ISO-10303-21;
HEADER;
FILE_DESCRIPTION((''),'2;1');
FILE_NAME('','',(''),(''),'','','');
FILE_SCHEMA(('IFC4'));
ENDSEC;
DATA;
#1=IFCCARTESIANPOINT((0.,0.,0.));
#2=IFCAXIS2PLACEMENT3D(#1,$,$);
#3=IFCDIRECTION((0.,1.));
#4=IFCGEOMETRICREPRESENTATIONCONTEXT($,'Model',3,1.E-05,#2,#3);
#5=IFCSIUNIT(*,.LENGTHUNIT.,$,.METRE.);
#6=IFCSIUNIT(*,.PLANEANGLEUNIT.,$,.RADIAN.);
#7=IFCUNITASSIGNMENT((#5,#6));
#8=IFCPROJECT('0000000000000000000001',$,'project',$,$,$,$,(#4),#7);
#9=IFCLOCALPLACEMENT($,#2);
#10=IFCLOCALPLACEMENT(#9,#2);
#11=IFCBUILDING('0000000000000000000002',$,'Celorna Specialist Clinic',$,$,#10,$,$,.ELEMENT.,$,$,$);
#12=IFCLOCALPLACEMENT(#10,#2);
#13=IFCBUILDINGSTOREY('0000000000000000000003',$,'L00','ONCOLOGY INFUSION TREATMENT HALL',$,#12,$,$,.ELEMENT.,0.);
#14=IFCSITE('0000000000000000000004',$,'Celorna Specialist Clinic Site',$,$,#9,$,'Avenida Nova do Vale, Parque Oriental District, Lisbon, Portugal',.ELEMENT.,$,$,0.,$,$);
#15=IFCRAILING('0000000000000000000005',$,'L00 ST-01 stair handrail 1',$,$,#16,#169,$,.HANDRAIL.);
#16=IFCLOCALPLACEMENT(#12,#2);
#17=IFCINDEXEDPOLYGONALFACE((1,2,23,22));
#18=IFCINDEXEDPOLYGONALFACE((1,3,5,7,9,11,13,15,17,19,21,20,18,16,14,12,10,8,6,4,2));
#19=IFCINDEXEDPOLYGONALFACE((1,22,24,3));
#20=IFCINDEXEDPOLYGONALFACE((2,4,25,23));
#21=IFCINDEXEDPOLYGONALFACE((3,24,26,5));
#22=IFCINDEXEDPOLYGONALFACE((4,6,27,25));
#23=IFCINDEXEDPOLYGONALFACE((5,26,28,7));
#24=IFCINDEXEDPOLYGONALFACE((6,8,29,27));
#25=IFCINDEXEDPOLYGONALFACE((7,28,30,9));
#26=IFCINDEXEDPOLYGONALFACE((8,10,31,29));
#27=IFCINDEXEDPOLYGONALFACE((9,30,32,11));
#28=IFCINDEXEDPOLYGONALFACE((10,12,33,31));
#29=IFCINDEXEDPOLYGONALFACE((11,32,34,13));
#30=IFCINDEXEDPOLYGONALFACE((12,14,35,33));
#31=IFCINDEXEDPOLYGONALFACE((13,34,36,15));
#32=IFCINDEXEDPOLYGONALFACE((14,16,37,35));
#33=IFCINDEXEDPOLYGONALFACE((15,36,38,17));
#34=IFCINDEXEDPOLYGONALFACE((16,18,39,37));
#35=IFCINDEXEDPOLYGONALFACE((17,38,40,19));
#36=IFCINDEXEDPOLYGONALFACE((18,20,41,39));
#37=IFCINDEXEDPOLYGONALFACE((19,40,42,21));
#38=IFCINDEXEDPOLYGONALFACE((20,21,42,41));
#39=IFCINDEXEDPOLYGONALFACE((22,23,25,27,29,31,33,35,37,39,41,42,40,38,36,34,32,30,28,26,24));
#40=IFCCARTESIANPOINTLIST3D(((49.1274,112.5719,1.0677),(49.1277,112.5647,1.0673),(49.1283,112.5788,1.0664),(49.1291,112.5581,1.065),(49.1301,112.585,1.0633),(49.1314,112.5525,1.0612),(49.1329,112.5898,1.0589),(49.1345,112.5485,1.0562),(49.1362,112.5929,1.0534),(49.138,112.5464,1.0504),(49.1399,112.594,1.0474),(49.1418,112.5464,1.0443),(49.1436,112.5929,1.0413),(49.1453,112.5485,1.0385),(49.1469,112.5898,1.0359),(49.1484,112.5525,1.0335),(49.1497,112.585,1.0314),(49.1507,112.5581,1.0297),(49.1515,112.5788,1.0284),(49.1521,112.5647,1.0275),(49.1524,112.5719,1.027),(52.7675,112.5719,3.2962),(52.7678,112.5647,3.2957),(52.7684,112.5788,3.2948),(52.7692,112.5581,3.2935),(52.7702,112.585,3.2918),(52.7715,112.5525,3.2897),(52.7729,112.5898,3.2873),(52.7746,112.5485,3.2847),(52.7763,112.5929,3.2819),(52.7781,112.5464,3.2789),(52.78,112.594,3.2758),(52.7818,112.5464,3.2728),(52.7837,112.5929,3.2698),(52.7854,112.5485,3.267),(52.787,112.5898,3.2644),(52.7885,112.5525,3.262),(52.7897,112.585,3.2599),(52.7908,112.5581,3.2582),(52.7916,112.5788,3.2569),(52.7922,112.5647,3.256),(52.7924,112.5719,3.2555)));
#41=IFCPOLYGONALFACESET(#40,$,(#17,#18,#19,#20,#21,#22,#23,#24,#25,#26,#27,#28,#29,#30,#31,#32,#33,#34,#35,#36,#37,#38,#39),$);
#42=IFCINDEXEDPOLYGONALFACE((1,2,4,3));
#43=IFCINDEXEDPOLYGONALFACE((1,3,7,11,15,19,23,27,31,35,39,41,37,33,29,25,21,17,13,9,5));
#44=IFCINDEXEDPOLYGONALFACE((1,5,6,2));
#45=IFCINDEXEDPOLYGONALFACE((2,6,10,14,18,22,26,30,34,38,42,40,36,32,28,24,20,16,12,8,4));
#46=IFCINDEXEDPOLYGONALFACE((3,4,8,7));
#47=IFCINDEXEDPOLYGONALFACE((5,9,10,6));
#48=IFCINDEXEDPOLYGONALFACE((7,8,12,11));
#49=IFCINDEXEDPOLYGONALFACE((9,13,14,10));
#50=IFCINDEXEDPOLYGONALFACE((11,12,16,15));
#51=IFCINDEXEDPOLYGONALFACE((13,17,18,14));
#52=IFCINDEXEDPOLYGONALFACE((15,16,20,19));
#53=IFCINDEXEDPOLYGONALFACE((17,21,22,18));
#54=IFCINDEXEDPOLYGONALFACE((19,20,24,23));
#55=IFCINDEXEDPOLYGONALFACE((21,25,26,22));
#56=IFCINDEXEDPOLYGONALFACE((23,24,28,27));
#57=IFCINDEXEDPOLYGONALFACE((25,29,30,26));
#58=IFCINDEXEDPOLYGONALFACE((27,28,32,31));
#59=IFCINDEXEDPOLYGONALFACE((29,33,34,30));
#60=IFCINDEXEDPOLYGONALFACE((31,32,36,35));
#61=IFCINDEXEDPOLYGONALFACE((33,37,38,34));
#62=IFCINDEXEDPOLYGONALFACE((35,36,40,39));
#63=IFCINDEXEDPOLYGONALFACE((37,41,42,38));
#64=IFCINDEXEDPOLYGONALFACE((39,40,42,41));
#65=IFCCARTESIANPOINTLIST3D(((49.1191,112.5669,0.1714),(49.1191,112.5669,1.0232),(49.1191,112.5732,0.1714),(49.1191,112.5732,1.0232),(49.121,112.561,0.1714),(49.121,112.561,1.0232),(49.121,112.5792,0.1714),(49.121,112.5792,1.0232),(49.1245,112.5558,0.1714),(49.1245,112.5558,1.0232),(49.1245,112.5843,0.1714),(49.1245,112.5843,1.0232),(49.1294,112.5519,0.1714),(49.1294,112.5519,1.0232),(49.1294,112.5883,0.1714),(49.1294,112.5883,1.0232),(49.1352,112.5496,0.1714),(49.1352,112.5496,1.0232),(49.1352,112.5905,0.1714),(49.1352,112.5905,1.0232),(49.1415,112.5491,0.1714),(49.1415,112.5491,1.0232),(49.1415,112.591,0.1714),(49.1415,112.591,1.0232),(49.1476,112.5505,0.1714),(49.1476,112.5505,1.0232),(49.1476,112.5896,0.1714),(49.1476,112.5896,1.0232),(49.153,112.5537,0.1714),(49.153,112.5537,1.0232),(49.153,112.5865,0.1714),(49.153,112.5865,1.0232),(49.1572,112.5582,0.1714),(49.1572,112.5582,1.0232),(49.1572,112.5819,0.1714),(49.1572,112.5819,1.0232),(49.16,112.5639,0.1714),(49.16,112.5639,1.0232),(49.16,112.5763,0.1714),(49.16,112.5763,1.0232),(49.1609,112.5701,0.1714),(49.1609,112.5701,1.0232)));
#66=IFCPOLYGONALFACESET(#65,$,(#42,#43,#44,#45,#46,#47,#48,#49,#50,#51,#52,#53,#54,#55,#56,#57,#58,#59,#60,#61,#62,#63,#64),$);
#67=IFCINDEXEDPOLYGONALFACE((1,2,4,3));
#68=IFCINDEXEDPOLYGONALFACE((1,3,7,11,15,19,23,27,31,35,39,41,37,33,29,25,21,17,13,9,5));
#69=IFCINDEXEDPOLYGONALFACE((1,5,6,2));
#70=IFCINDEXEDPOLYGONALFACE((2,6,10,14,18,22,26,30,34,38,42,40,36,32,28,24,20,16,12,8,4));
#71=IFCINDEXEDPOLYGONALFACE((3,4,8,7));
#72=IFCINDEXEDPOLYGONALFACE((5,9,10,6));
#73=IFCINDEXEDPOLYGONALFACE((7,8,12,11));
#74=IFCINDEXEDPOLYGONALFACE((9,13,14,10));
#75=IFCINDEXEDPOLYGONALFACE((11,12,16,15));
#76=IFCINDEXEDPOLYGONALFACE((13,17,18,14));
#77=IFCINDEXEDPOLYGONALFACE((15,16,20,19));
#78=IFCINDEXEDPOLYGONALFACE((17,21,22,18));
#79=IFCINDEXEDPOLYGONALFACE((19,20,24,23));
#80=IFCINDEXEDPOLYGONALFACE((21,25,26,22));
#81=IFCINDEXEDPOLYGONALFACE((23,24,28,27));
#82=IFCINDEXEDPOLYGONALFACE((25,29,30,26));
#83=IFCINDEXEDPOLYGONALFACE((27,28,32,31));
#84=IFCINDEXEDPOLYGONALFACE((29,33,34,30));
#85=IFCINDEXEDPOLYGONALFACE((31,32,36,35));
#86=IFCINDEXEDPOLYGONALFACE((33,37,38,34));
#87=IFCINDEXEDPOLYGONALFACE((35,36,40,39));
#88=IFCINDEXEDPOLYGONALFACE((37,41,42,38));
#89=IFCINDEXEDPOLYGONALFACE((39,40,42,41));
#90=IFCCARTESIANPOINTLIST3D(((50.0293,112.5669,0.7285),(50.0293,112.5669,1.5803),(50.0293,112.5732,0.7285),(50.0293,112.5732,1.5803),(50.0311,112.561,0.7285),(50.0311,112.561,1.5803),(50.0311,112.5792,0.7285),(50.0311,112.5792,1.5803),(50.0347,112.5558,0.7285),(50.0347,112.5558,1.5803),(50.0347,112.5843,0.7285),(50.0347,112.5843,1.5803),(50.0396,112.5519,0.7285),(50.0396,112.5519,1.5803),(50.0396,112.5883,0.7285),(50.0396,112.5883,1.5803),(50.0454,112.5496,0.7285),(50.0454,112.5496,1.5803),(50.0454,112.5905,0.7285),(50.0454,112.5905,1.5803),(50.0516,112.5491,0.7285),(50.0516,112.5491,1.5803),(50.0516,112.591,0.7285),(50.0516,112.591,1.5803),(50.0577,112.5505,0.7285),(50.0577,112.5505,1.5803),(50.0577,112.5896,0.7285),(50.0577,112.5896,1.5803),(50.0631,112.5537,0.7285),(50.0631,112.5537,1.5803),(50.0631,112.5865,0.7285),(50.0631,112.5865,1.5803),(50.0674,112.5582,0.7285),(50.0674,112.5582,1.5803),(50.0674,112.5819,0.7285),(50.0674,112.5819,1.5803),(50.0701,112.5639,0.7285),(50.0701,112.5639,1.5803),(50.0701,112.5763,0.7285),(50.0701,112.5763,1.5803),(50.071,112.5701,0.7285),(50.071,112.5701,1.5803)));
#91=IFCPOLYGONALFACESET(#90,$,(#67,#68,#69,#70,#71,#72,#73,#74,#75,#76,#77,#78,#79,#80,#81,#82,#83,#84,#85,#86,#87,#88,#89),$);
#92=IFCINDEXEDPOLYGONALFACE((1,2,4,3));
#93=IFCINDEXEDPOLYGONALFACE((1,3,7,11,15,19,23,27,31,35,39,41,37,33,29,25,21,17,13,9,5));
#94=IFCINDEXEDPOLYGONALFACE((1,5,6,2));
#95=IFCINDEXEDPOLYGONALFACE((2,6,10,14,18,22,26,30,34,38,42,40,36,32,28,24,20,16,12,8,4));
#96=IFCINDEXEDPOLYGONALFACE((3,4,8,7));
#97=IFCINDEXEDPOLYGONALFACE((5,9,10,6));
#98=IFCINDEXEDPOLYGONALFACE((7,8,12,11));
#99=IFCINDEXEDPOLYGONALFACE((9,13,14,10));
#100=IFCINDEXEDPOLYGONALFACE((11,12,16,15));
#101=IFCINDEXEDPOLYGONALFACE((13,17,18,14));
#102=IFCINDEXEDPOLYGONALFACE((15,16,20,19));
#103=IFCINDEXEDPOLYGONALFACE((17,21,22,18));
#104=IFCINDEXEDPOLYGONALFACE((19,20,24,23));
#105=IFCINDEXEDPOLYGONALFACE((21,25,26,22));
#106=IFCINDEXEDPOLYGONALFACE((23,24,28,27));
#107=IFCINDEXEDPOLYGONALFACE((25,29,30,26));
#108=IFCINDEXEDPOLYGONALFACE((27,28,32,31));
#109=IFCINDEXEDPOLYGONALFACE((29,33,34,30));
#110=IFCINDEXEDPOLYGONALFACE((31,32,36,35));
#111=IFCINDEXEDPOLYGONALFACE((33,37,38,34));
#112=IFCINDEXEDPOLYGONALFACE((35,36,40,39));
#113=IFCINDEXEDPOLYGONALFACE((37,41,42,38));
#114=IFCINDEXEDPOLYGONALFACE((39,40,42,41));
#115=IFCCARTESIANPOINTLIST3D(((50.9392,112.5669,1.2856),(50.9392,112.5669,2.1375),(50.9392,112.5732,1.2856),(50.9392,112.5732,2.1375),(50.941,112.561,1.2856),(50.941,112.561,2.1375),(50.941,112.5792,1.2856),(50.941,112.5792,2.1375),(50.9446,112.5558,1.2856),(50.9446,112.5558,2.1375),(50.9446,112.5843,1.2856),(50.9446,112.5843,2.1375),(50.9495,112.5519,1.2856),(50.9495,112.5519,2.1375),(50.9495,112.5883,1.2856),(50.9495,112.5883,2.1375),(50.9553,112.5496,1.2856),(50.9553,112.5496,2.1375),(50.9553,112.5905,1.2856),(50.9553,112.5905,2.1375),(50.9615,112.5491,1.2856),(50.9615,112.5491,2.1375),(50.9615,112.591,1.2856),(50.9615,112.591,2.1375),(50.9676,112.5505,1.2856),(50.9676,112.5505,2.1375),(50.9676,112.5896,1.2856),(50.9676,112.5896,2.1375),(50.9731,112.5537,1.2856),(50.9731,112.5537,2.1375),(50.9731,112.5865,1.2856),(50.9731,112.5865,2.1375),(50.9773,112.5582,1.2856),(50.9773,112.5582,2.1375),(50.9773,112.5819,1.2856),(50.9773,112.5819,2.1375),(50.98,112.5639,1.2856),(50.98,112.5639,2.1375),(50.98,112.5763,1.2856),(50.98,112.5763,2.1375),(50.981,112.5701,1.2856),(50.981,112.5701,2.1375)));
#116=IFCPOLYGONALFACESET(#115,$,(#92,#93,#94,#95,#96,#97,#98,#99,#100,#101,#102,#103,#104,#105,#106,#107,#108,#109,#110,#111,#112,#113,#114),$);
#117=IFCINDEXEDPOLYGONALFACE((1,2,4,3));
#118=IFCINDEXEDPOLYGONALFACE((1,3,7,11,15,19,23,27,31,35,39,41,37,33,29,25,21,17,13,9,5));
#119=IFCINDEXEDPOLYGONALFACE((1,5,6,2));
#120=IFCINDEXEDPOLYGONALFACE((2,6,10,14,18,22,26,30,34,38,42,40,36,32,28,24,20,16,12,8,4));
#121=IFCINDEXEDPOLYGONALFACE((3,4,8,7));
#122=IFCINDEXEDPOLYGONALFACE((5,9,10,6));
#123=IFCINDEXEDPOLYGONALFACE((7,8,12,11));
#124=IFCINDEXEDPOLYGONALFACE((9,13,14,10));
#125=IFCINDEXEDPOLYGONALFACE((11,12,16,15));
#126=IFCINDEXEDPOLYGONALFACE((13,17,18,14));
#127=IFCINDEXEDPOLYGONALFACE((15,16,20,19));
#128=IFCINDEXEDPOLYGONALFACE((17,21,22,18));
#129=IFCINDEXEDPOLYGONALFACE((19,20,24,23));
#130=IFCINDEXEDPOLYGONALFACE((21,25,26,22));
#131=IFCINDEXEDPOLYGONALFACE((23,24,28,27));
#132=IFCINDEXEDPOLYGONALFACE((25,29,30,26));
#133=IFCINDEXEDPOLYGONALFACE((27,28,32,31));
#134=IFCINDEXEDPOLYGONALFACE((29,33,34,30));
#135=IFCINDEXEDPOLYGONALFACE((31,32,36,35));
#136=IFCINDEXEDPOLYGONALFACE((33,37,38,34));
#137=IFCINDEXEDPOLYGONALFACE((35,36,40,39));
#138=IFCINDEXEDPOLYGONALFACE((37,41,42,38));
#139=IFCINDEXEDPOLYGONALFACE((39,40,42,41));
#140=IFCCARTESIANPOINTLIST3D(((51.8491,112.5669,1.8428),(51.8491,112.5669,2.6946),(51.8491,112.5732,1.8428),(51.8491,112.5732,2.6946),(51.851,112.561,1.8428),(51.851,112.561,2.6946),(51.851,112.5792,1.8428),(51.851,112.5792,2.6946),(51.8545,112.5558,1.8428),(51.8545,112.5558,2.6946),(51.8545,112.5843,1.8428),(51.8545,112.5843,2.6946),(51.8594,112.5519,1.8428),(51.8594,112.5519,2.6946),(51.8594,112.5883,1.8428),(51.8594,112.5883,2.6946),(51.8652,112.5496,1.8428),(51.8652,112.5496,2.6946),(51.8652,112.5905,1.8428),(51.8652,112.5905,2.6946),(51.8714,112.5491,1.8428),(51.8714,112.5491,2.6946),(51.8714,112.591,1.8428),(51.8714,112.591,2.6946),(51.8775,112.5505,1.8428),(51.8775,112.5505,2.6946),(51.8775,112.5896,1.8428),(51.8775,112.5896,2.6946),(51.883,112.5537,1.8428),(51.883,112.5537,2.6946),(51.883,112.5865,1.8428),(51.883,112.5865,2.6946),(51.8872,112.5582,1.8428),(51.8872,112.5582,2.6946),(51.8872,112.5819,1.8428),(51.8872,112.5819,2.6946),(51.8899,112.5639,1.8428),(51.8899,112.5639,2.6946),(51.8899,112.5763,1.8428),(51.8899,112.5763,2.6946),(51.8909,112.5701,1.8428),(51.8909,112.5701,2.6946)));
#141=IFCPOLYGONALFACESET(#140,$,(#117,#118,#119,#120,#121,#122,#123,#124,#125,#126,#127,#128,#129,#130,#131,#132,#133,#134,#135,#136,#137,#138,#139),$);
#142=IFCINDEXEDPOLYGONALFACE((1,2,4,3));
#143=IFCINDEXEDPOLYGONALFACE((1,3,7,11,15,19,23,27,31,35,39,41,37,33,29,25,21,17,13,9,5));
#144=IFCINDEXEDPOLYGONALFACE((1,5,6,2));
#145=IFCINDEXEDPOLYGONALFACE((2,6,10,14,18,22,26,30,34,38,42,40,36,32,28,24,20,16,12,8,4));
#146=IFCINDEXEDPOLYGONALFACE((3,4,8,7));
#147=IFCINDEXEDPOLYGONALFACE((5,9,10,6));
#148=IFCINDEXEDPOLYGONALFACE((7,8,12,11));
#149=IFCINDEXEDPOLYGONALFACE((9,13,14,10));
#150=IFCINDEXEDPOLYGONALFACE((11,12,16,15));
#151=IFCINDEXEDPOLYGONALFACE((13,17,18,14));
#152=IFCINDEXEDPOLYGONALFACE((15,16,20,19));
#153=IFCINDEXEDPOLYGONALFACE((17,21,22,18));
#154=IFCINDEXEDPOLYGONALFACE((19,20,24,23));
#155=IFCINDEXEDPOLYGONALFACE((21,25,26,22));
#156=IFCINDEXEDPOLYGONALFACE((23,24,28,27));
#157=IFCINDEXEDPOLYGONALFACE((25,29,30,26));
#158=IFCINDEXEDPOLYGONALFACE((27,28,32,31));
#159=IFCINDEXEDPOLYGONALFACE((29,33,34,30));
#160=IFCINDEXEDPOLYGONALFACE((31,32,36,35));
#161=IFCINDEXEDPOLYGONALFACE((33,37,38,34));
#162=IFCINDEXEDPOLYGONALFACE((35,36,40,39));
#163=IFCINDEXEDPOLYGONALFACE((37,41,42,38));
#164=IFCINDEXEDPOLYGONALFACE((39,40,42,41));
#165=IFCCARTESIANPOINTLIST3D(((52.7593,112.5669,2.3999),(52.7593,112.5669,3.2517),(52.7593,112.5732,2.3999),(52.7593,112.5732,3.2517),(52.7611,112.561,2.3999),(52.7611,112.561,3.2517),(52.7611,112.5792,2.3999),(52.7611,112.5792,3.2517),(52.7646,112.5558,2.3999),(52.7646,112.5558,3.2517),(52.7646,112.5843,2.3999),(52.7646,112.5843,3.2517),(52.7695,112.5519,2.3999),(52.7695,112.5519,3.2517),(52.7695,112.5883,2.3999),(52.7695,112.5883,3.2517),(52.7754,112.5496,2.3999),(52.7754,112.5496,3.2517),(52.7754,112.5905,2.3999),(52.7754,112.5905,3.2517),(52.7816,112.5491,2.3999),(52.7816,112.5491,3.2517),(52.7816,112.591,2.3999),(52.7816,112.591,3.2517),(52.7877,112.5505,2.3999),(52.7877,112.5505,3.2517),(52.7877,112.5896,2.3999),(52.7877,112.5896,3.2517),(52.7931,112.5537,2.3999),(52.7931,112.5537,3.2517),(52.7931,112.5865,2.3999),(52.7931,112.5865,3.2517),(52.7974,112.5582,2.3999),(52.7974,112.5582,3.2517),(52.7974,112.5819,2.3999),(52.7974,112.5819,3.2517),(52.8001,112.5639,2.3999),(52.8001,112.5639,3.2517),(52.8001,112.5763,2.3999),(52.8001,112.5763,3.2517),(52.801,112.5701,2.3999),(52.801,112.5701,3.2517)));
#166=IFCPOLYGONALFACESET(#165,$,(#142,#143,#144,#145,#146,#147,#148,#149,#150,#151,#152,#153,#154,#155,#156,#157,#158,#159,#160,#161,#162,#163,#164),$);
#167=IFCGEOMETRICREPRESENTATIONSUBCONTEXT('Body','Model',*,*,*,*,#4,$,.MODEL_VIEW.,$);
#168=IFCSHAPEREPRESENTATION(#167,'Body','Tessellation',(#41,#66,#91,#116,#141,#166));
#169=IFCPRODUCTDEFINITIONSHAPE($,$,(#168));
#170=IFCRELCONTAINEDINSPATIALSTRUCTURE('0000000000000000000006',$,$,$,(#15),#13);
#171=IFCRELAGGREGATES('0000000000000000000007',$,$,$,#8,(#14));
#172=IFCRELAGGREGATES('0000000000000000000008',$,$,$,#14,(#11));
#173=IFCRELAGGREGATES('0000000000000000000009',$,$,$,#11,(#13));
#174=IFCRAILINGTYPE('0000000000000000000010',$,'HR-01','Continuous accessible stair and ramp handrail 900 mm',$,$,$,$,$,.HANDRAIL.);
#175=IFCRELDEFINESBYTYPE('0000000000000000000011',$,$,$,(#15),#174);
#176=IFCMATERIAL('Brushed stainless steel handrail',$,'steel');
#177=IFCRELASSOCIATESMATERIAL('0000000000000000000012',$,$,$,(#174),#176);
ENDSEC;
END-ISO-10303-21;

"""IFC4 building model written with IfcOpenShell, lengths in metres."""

from ifc_helpers import new_model, si_unit, direction, frame, origin, origin_2d, place, context, subcontext, project, spatial, circle, extrude, material, type_object, element, save


model = new_model("IFC4")

# Units and contexts
model_context = context("Model", 3, precision=1e-05, world=origin(), true_north=direction((0.0, 1.0)))
body_context = subcontext(model_context, "Body", "Model", "MODEL_VIEW")
ifc_project = project(units=[si_unit("LENGTHUNIT", "METRE"), si_unit("PLANEANGLEUNIT", "RADIAN")], contexts=[model_context])

# Site, building, storey
site_placement = place(None, origin())
site = spatial("IfcSite", under=ifc_project, at=site_placement, Name="Celorna Specialist Clinic Site", LongName="Avenida Nova do Vale, Parque Oriental District, Lisbon, Portugal", CompositionType="ELEMENT", RefElevation=0.0)
building_placement = place(site_placement, origin())
building = spatial("IfcBuilding", under=site, at=building_placement, Name="Celorna Specialist Clinic", CompositionType="ELEMENT")
storey_placement = place(building_placement, origin())
storey = spatial("IfcBuildingStorey", under=building, at=storey_placement, Name="L00", Description="ONCOLOGY INFUSION TREATMENT HALL", CompositionType="ELEMENT", Elevation=0.0)

# Railing
ifc_material_1 = material(Name="Brushed stainless steel handrail", Category="steel")
railing_type = type_object("IfcRailingType", Name="HR-01", Description="Continuous accessible stair and ramp handrail 900 mm", PredefinedType="HANDRAIL", material=ifc_material_1)
railing_placement = place(storey_placement, frame((49.1399, 112.5701, 0.1714)))
element("IfcRailing", 1, at=railing_placement, inside=storey, type_object=railing_type, Name="L00 ST-01 stair handrail 1", PredefinedType="HANDRAIL", context=body_context, shape_type="SweptSolid", body=[
    extrude(circle(Radius=0.0239, at=origin_2d()), frame((0.0, 0.0, 0.876), z_axis=(0.852866, 0.0, 0.52213), x_axis=(0.0, 1.0, 0.0)), (0.0, 0.0, 1.0), 4.2681),
    extrude(circle(Radius=0.021, at=origin_2d()), origin(), (0.0, 0.0, 1.0), 0.8518),
    extrude(circle(Radius=0.021, at=origin_2d()), frame((0.9102, 0.0, 0.5571)), (0.0, 0.0, 1.0), 0.8518),
    extrude(circle(Radius=0.021, at=origin_2d()), frame((1.8201, 0.0, 1.1143)), (0.0, 0.0, 1.0), 0.8518),
    extrude(circle(Radius=0.021, at=origin_2d()), frame((2.73, 0.0, 1.6714)), (0.0, 0.0, 1.0), 0.8518),
    extrude(circle(Radius=0.021, at=origin_2d()), frame((3.6401, 0.0, 2.2285)), (0.0, 0.0, 1.0), 0.8518),
])

save(model, "model.ifc")
